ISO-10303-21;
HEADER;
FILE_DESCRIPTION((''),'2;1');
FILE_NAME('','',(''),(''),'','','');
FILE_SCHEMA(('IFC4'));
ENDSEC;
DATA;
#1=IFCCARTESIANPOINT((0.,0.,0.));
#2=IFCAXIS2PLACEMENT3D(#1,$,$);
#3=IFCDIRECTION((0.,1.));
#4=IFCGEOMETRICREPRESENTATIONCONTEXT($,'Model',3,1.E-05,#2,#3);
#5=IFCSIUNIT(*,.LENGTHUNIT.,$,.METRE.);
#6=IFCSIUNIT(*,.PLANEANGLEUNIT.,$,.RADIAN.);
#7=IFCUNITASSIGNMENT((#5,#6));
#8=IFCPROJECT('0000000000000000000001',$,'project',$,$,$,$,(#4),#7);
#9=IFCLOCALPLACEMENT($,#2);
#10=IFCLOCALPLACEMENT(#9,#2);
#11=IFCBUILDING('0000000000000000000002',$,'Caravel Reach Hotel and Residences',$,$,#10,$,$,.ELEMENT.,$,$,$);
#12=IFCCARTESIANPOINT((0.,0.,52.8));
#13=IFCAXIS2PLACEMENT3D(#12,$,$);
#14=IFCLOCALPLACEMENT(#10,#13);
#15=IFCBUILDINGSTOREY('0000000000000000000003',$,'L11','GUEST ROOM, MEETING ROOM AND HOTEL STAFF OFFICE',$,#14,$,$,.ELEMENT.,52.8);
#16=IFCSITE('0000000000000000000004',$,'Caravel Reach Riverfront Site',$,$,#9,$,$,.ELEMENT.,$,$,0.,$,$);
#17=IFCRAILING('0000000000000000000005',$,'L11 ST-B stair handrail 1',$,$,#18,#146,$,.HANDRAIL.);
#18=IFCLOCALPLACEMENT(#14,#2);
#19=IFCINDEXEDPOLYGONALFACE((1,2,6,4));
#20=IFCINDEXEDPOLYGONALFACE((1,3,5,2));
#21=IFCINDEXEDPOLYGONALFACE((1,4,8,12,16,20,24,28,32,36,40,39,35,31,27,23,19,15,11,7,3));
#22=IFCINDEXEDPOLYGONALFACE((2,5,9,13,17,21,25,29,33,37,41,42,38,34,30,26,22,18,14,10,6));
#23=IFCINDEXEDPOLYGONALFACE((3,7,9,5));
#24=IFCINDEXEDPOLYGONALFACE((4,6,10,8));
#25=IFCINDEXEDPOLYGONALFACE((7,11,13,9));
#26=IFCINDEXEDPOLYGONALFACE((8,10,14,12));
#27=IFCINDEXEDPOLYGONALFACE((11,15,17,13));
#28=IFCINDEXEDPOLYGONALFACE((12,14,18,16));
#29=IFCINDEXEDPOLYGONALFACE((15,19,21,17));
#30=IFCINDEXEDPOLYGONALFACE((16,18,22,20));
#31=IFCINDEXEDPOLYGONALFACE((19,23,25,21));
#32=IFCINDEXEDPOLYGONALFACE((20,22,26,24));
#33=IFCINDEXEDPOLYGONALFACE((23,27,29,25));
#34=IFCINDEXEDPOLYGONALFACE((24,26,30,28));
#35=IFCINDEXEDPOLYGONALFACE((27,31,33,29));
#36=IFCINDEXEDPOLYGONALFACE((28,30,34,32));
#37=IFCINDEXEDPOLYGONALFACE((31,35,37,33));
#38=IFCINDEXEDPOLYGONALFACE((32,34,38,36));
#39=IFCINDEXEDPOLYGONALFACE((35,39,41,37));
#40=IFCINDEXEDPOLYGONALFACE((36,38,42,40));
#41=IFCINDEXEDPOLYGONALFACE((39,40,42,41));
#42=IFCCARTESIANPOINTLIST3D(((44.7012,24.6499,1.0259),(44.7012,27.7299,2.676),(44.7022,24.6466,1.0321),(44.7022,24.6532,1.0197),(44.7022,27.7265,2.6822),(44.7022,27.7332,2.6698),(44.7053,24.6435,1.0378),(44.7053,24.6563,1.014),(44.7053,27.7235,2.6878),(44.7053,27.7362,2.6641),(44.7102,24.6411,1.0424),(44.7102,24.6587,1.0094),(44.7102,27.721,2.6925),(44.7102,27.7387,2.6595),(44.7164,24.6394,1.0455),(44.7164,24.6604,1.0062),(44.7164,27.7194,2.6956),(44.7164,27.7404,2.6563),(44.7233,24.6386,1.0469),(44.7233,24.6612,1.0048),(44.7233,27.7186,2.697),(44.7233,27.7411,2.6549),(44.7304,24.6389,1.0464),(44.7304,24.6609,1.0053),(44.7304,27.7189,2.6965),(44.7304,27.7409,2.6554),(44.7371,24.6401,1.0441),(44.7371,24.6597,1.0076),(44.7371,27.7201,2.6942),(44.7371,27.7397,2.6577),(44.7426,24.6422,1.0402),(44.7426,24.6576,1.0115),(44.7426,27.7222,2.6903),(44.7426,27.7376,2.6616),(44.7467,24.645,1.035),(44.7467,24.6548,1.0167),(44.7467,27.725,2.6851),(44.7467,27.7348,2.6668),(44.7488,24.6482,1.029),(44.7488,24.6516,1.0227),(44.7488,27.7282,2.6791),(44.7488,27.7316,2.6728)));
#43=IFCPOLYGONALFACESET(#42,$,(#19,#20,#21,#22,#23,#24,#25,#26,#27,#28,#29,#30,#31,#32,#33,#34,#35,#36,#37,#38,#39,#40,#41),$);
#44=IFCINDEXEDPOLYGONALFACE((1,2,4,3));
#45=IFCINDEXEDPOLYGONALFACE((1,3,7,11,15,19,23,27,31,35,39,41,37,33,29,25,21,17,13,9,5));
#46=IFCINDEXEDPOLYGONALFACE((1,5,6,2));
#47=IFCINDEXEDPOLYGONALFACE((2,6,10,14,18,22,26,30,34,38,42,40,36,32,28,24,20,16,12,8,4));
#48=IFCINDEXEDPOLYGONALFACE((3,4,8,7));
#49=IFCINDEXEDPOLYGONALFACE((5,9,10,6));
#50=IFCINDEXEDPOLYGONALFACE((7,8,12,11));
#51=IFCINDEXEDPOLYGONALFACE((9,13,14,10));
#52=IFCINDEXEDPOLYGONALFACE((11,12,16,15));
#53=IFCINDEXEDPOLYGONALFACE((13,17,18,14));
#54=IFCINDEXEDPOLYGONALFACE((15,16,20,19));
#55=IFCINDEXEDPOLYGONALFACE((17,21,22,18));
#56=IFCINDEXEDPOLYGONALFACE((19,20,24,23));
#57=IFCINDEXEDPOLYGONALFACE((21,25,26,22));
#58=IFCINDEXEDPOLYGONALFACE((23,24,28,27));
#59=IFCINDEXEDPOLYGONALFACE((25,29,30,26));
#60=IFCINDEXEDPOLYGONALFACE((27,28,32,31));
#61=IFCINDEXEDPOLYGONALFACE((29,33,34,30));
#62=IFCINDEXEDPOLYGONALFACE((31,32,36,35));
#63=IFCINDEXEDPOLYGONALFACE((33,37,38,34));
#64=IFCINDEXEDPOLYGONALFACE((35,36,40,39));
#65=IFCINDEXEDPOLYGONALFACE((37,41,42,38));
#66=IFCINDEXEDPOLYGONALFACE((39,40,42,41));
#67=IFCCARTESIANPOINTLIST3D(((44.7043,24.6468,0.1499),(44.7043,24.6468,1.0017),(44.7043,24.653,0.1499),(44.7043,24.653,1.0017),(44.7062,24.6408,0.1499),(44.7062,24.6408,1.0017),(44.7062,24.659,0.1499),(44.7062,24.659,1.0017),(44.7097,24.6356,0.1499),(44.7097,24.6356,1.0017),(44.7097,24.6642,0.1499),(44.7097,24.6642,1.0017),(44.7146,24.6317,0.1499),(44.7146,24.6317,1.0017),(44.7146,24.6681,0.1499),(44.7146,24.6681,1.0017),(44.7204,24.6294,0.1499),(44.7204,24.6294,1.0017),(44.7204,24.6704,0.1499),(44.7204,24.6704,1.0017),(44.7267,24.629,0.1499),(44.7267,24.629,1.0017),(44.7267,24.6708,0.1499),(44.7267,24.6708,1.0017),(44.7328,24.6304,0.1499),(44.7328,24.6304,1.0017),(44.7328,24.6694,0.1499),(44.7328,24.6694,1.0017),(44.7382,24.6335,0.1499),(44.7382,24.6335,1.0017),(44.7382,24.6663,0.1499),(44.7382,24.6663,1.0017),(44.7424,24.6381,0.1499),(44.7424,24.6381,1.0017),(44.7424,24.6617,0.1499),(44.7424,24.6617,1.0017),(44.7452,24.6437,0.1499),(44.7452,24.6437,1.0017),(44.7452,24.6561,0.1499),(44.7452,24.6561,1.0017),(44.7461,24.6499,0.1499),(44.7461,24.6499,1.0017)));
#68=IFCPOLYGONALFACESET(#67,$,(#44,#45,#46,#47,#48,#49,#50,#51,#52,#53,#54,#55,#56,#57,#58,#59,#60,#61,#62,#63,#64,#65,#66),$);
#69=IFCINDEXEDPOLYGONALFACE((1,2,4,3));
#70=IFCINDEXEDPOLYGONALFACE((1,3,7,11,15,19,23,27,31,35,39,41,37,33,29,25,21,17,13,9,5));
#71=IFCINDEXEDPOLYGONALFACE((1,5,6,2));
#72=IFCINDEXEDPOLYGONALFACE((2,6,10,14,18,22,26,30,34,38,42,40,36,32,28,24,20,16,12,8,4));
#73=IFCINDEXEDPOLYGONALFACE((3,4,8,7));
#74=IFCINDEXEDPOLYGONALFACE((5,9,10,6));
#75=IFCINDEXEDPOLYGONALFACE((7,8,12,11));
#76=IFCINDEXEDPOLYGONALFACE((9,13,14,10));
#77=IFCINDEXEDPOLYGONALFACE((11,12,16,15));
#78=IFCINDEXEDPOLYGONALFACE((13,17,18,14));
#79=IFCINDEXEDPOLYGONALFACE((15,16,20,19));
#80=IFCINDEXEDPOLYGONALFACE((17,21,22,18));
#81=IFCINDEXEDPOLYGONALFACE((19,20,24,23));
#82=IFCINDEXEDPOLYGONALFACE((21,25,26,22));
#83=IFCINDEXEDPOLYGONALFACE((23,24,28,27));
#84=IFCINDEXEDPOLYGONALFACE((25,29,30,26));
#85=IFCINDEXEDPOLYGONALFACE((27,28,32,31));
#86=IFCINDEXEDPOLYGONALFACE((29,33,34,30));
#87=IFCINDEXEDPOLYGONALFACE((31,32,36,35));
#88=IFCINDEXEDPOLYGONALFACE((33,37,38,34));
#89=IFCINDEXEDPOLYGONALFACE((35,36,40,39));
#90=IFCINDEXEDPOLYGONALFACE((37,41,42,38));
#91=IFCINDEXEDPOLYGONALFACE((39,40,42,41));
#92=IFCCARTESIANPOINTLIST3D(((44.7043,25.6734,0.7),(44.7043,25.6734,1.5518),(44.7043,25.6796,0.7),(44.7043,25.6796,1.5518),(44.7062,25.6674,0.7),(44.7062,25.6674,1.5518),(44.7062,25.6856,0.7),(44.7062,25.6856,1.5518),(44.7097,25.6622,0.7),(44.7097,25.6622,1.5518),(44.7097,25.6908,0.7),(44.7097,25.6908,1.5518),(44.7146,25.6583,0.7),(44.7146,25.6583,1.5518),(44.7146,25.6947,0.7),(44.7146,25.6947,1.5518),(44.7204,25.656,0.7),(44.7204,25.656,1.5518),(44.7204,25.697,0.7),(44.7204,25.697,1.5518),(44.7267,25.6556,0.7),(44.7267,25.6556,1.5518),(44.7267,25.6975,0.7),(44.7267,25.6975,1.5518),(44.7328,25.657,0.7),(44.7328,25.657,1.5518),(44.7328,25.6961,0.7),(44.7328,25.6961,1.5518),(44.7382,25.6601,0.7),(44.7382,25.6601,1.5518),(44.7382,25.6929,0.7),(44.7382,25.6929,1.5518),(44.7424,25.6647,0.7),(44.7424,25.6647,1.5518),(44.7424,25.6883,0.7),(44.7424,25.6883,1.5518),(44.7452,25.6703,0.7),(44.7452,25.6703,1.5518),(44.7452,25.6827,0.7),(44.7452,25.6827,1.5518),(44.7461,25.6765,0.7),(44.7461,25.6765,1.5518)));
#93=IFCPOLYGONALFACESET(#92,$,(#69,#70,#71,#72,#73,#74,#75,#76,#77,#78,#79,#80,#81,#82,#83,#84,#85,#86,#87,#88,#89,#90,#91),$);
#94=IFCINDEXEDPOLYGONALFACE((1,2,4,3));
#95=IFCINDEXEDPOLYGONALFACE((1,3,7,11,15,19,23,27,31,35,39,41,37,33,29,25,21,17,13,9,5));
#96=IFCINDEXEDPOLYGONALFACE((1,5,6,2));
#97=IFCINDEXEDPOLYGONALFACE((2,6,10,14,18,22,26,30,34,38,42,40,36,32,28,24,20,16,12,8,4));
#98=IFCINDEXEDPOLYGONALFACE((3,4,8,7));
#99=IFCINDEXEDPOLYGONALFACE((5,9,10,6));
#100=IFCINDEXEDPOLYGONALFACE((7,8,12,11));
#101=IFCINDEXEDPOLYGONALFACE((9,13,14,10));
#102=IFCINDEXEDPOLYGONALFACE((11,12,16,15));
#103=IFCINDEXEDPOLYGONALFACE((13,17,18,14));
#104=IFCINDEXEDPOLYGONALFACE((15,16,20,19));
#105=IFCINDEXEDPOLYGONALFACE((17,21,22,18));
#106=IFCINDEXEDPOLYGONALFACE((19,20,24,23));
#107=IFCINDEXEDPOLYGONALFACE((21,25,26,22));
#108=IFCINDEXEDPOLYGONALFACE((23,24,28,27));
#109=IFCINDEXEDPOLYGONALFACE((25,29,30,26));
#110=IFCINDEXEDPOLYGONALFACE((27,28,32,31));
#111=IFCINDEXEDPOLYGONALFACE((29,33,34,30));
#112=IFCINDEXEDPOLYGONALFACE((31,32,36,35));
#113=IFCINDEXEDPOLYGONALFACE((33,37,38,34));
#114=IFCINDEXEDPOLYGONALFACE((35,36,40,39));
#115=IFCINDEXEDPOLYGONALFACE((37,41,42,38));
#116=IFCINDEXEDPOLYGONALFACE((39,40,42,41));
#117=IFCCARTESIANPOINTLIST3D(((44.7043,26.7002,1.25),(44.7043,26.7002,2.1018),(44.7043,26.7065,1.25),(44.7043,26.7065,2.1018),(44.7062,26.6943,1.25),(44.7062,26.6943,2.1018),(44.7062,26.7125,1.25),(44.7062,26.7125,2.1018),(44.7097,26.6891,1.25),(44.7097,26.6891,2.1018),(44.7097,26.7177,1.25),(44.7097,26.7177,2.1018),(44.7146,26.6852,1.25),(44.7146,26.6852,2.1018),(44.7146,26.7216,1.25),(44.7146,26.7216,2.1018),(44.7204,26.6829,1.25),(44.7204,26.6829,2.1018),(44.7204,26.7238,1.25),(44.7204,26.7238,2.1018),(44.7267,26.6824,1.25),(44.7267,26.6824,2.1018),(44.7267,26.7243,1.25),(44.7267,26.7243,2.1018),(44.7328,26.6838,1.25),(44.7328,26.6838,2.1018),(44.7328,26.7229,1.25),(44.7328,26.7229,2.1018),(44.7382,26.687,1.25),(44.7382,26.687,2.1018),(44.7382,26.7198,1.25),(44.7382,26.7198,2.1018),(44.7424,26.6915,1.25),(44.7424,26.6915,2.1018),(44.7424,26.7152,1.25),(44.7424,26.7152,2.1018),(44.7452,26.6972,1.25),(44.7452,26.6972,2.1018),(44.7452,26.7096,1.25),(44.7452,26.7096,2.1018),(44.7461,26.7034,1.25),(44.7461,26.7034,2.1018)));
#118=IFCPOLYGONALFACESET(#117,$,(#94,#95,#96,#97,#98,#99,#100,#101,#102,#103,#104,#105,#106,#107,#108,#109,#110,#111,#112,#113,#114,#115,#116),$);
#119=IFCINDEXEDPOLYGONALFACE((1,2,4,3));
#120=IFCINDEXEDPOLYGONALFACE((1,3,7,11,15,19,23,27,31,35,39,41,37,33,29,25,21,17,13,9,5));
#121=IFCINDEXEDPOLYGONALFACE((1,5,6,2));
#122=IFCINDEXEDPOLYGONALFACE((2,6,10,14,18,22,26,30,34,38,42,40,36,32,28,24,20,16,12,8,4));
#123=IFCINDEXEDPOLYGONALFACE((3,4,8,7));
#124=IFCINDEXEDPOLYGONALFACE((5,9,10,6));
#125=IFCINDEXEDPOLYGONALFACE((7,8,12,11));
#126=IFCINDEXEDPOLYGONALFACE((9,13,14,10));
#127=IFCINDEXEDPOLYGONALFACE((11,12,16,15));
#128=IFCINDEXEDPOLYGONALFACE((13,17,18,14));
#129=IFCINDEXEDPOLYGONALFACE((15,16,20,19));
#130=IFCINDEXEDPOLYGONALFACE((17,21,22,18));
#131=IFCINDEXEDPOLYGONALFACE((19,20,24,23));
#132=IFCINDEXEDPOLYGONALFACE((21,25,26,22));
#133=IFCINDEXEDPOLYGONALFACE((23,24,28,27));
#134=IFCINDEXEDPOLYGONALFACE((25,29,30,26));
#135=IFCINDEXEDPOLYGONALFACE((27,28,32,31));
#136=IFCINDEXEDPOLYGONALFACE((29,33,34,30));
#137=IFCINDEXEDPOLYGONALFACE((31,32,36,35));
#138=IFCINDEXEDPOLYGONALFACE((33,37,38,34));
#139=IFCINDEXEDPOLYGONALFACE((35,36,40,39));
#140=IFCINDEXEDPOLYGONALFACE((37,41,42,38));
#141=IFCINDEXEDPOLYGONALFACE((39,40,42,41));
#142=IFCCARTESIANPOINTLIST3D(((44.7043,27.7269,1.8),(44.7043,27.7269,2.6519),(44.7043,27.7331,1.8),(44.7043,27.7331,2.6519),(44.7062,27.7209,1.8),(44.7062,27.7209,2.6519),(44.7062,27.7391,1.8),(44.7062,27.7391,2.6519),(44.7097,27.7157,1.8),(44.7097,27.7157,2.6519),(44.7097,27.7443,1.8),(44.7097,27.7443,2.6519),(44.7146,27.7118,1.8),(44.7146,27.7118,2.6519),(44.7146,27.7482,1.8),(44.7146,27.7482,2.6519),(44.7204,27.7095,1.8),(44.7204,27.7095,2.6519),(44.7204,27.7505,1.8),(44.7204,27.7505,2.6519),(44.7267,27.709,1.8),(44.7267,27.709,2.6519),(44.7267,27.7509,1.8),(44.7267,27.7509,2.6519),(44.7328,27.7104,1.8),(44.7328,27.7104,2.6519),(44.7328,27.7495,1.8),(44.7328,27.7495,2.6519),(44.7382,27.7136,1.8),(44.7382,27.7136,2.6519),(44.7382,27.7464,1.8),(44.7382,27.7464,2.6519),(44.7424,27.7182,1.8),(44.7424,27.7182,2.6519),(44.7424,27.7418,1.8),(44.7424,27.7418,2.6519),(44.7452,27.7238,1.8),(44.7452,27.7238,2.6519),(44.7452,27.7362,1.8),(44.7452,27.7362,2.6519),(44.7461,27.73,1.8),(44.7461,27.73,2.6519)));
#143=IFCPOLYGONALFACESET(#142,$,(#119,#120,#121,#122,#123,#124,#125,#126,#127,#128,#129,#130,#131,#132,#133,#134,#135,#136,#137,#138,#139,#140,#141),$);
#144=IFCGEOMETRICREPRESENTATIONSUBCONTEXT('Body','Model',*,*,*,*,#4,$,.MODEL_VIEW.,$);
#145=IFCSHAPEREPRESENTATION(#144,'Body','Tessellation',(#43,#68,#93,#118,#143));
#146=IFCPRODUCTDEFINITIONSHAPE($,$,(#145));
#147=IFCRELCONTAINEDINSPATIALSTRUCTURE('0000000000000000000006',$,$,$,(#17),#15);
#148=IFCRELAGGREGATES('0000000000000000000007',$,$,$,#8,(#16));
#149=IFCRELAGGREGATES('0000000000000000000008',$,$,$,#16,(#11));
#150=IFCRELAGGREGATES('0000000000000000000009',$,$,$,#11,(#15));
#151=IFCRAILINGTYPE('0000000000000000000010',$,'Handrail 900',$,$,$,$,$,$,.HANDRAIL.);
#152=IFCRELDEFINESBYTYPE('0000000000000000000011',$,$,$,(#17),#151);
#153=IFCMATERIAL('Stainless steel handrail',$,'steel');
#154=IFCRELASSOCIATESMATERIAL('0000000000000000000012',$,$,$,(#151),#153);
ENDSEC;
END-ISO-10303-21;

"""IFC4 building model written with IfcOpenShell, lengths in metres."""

from ifc_helpers import new_model, si_unit, direction, frame, origin, origin_2d, place, context, subcontext, project, spatial, circle, extrude, material, type_object, element, save


model = new_model("IFC4")

# Units and contexts
model_context = context("Model", 3, precision=1e-05, world=origin(), true_north=direction((0.0, 1.0)))
body_context = subcontext(model_context, "Body", "Model", "MODEL_VIEW")
ifc_project = project(units=[si_unit("LENGTHUNIT", "METRE"), si_unit("PLANEANGLEUNIT", "RADIAN")], contexts=[model_context])

# Site, building, storey
site_placement = place(None, origin())
site = spatial("IfcSite", under=ifc_project, at=site_placement, Name="Caravel Reach Riverfront Site", CompositionType="ELEMENT", RefElevation=0.0)
building_placement = place(site_placement, origin())
building = spatial("IfcBuilding", under=site, at=building_placement, Name="Caravel Reach Hotel and Residences", CompositionType="ELEMENT")
storey_placement = place(building_placement, frame((0.0, 0.0, 52.8)))
storey = spatial("IfcBuildingStorey", under=building, at=storey_placement, Name="L11", Description="GUEST ROOM, MEETING ROOM AND HOTEL STAFF OFFICE", CompositionType="ELEMENT", Elevation=52.8)

# Railing
ifc_material_1 = material(Name="Stainless steel handrail", Category="steel")
railing_type_1 = type_object("IfcRailingType", Name="Handrail 900", PredefinedType="HANDRAIL", material=ifc_material_1)
railing_1_placement = place(storey_placement, frame((44.7251, 24.6499, 0.1499)))
element("IfcRailing", 1, at=railing_1_placement, inside=storey, type_object=railing_type_1, Name="L11 ST-B stair handrail 1", PredefinedType="HANDRAIL", context=body_context, shape_type="SweptSolid", body=[
    extrude(circle(Radius=0.0239, at=origin_2d()), frame((0.0, 0.0, 0.876), z_axis=(0.0, 0.881468, 0.472245), x_axis=(-1.0, 0.0, 0.0)), (0.0, 0.0, 1.0), 3.4941),
    extrude(circle(Radius=0.021, at=origin_2d()), origin(), (0.0, 0.0, 1.0), 0.8518),
    extrude(circle(Radius=0.021, at=origin_2d()), frame((0.0, 1.0266, 0.55)), (0.0, 0.0, 1.0), 0.8518),
    extrude(circle(Radius=0.021, at=origin_2d()), frame((0.0, 2.0535, 1.1001)), (0.0, 0.0, 1.0), 0.8518),
    extrude(circle(Radius=0.021, at=origin_2d()), frame((0.0, 3.0801, 1.6501)), (0.0, 0.0, 1.0), 0.8518),
])

save(model, "model.ifc")
